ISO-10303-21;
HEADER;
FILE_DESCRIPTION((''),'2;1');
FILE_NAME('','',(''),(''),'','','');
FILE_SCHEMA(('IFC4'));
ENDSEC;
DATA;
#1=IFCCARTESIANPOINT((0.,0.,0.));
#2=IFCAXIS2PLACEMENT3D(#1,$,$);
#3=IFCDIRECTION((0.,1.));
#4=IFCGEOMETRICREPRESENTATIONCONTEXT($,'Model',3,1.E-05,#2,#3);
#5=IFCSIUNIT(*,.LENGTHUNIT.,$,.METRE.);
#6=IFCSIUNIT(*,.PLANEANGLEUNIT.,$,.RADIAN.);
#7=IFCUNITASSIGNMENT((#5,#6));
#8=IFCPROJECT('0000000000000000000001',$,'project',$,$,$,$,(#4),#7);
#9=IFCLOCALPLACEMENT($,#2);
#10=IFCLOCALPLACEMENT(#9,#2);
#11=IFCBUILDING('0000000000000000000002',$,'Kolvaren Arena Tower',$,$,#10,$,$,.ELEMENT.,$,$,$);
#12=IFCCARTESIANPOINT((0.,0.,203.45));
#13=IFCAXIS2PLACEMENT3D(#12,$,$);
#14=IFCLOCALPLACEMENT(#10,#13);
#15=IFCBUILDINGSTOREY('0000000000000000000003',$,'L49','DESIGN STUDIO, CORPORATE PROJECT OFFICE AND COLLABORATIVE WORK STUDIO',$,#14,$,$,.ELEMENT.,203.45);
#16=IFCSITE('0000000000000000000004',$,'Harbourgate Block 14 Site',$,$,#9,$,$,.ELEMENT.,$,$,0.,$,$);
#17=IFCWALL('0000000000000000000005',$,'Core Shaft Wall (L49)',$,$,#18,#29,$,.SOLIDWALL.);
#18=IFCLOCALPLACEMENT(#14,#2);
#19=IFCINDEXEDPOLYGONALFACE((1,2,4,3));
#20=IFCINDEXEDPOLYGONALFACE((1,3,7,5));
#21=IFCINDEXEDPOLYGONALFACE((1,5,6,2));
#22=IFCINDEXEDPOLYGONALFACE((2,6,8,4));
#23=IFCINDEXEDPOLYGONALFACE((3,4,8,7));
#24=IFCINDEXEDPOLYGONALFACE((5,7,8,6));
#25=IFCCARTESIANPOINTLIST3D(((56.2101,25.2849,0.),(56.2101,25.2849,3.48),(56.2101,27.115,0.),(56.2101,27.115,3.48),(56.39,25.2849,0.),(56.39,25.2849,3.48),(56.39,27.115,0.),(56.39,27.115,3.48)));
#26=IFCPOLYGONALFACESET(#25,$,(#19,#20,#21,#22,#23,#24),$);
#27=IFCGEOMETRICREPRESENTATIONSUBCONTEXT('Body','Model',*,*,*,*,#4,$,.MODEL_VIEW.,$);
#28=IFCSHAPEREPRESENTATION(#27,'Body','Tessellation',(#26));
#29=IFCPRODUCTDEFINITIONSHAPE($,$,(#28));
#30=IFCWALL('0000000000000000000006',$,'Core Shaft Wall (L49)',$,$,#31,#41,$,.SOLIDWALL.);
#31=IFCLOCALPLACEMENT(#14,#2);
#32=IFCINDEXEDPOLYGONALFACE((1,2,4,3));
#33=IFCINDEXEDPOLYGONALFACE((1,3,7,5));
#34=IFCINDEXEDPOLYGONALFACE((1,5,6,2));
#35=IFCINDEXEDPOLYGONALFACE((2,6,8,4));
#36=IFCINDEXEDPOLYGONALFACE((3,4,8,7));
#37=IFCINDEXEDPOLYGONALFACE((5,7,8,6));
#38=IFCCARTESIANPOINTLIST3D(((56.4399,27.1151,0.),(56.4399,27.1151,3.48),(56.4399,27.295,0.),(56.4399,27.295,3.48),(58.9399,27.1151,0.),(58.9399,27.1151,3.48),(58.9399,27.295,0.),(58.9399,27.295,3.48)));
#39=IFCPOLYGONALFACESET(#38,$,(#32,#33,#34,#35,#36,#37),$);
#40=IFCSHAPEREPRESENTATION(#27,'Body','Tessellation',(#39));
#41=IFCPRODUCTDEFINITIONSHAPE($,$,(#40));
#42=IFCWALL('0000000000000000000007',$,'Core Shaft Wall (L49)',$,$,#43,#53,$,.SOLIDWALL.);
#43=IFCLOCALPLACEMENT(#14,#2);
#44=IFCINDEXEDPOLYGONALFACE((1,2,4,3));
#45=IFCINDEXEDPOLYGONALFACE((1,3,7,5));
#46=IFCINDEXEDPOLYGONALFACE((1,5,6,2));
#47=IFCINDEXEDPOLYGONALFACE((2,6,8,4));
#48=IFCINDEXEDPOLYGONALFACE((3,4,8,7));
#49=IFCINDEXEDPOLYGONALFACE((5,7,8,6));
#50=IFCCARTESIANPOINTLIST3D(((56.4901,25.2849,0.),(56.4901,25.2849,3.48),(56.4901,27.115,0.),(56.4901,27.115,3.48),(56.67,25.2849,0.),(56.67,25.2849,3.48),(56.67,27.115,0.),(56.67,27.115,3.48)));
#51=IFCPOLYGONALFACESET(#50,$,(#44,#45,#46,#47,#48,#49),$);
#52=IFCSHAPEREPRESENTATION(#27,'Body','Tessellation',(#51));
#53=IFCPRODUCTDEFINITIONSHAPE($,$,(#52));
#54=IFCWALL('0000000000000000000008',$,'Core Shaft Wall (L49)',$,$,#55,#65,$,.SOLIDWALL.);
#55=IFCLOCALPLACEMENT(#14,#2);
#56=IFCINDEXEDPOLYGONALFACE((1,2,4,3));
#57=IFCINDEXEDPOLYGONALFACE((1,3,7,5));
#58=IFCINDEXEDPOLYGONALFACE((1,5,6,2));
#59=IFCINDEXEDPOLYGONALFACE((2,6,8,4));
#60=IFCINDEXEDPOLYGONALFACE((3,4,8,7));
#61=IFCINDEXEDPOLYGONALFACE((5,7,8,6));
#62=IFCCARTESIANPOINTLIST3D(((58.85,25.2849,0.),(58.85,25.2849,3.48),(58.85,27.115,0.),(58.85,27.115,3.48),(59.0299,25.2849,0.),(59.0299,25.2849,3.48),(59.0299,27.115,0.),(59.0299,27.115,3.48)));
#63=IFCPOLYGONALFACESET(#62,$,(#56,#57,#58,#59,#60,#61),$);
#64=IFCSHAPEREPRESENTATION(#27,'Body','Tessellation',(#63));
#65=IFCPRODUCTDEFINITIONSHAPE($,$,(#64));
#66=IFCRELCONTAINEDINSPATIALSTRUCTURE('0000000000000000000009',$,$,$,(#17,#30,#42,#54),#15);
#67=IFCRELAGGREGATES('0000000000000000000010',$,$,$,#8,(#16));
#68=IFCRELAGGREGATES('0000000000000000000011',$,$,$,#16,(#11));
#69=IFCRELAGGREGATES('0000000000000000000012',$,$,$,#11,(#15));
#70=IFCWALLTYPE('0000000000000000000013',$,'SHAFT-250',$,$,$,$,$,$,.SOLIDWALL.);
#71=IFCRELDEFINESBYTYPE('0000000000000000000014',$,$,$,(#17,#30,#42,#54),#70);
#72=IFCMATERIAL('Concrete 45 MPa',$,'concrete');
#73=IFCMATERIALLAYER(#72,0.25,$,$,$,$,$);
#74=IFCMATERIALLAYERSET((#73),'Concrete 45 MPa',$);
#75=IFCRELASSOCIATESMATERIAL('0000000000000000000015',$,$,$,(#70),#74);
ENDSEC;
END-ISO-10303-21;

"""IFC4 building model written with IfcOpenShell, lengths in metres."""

from ifc_helpers import new_model, si_unit, direction, frame, frame_2d, origin, place, context, subcontext, project, spatial, rectangle, extrude, material, layer, layer_set, type_object, element, save


model = new_model("IFC4")

# Units and contexts
model_context = context("Model", 3, precision=1e-05, world=origin(), true_north=direction((0.0, 1.0)))
body_context = subcontext(model_context, "Body", "Model", "MODEL_VIEW")
ifc_project = project(units=[si_unit("LENGTHUNIT", "METRE"), si_unit("PLANEANGLEUNIT", "RADIAN")], contexts=[model_context])

# Site, building, storey
site_placement = place(None, origin())
site = spatial("IfcSite", under=ifc_project, at=site_placement, Name="Harbourgate Block 14 Site", CompositionType="ELEMENT", RefElevation=0.0)
building_placement = place(site_placement, origin())
building = spatial("IfcBuilding", under=site, at=building_placement, Name="Kolvaren Arena Tower", CompositionType="ELEMENT")
storey_placement = place(building_placement, frame((0.0, 0.0, 203.45)))
storey = spatial("IfcBuildingStorey", under=building, at=storey_placement, Name="L49", Description="DESIGN STUDIO, CORPORATE PROJECT OFFICE AND COLLABORATIVE WORK STUDIO", CompositionType="ELEMENT", Elevation=203.45)

# Walls
ifc_material_1 = material(Name="Concrete 45 MPa", Category="concrete")
ifc_layer_1 = layer(ifc_material_1, 0.25)
ifc_layer_set_1 = layer_set([ifc_layer_1], Name="Concrete 45 MPa")
wall_type_1 = type_object("IfcWallType", Name="SHAFT-250", PredefinedType="SOLIDWALL", material=ifc_layer_set_1)
for number, where, z_axis, x_axis, name in (
    (1, (56.3, 25.2849, 0.0), (0.0, 0.0, 1.0), (0.0, 1.0, 0.0), "Core Shaft Wall (L49)"),
):
    element("IfcWall", number, at=place(storey_placement, frame(where, z_axis=z_axis, x_axis=x_axis)), inside=storey, type_object=wall_type_1, Name=name, PredefinedType="SOLIDWALL", context=body_context, shape_type="SweptSolid", body=[
        extrude(rectangle(XDim=1.8301, YDim=0.1799, at=frame_2d((0.915, 0.0))), origin(), (0.0, 0.0, 1.0), 3.48),
    ])
wall_1_placement = place(storey_placement, frame((56.4399, 27.2051, 0.0), z_axis=(0.0, 0.0, 1.0), x_axis=(1.0, 0.0, 0.0)))
element("IfcWall", 2, at=wall_1_placement, inside=storey, type_object=wall_type_1, Name="Core Shaft Wall (L49)", PredefinedType="SOLIDWALL", context=body_context, shape_type="SweptSolid", body=[
    extrude(rectangle(XDim=2.5, YDim=0.1799, at=frame_2d((1.25, 0.0))), origin(), (0.0, 0.0, 1.0), 3.48),
])
for number, where, z_axis, x_axis, name in (
    (3, (56.5801, 25.2849, 0.0), (0.0, 0.0, 1.0), (0.0, 1.0, 0.0), "Core Shaft Wall (L49)"),
    (4, (58.9399, 25.2849, 0.0), (0.0, 0.0, 1.0), (0.0, 1.0, 0.0), "Core Shaft Wall (L49)"),
):
    element("IfcWall", number, at=place(storey_placement, frame(where, z_axis=z_axis, x_axis=x_axis)), inside=storey, type_object=wall_type_1, Name=name, PredefinedType="SOLIDWALL", context=body_context, shape_type="SweptSolid", body=[
        extrude(rectangle(XDim=1.8301, YDim=0.1799, at=frame_2d((0.915, 0.0))), origin(), (0.0, 0.0, 1.0), 3.48),
    ])

save(model, "model.ifc")
